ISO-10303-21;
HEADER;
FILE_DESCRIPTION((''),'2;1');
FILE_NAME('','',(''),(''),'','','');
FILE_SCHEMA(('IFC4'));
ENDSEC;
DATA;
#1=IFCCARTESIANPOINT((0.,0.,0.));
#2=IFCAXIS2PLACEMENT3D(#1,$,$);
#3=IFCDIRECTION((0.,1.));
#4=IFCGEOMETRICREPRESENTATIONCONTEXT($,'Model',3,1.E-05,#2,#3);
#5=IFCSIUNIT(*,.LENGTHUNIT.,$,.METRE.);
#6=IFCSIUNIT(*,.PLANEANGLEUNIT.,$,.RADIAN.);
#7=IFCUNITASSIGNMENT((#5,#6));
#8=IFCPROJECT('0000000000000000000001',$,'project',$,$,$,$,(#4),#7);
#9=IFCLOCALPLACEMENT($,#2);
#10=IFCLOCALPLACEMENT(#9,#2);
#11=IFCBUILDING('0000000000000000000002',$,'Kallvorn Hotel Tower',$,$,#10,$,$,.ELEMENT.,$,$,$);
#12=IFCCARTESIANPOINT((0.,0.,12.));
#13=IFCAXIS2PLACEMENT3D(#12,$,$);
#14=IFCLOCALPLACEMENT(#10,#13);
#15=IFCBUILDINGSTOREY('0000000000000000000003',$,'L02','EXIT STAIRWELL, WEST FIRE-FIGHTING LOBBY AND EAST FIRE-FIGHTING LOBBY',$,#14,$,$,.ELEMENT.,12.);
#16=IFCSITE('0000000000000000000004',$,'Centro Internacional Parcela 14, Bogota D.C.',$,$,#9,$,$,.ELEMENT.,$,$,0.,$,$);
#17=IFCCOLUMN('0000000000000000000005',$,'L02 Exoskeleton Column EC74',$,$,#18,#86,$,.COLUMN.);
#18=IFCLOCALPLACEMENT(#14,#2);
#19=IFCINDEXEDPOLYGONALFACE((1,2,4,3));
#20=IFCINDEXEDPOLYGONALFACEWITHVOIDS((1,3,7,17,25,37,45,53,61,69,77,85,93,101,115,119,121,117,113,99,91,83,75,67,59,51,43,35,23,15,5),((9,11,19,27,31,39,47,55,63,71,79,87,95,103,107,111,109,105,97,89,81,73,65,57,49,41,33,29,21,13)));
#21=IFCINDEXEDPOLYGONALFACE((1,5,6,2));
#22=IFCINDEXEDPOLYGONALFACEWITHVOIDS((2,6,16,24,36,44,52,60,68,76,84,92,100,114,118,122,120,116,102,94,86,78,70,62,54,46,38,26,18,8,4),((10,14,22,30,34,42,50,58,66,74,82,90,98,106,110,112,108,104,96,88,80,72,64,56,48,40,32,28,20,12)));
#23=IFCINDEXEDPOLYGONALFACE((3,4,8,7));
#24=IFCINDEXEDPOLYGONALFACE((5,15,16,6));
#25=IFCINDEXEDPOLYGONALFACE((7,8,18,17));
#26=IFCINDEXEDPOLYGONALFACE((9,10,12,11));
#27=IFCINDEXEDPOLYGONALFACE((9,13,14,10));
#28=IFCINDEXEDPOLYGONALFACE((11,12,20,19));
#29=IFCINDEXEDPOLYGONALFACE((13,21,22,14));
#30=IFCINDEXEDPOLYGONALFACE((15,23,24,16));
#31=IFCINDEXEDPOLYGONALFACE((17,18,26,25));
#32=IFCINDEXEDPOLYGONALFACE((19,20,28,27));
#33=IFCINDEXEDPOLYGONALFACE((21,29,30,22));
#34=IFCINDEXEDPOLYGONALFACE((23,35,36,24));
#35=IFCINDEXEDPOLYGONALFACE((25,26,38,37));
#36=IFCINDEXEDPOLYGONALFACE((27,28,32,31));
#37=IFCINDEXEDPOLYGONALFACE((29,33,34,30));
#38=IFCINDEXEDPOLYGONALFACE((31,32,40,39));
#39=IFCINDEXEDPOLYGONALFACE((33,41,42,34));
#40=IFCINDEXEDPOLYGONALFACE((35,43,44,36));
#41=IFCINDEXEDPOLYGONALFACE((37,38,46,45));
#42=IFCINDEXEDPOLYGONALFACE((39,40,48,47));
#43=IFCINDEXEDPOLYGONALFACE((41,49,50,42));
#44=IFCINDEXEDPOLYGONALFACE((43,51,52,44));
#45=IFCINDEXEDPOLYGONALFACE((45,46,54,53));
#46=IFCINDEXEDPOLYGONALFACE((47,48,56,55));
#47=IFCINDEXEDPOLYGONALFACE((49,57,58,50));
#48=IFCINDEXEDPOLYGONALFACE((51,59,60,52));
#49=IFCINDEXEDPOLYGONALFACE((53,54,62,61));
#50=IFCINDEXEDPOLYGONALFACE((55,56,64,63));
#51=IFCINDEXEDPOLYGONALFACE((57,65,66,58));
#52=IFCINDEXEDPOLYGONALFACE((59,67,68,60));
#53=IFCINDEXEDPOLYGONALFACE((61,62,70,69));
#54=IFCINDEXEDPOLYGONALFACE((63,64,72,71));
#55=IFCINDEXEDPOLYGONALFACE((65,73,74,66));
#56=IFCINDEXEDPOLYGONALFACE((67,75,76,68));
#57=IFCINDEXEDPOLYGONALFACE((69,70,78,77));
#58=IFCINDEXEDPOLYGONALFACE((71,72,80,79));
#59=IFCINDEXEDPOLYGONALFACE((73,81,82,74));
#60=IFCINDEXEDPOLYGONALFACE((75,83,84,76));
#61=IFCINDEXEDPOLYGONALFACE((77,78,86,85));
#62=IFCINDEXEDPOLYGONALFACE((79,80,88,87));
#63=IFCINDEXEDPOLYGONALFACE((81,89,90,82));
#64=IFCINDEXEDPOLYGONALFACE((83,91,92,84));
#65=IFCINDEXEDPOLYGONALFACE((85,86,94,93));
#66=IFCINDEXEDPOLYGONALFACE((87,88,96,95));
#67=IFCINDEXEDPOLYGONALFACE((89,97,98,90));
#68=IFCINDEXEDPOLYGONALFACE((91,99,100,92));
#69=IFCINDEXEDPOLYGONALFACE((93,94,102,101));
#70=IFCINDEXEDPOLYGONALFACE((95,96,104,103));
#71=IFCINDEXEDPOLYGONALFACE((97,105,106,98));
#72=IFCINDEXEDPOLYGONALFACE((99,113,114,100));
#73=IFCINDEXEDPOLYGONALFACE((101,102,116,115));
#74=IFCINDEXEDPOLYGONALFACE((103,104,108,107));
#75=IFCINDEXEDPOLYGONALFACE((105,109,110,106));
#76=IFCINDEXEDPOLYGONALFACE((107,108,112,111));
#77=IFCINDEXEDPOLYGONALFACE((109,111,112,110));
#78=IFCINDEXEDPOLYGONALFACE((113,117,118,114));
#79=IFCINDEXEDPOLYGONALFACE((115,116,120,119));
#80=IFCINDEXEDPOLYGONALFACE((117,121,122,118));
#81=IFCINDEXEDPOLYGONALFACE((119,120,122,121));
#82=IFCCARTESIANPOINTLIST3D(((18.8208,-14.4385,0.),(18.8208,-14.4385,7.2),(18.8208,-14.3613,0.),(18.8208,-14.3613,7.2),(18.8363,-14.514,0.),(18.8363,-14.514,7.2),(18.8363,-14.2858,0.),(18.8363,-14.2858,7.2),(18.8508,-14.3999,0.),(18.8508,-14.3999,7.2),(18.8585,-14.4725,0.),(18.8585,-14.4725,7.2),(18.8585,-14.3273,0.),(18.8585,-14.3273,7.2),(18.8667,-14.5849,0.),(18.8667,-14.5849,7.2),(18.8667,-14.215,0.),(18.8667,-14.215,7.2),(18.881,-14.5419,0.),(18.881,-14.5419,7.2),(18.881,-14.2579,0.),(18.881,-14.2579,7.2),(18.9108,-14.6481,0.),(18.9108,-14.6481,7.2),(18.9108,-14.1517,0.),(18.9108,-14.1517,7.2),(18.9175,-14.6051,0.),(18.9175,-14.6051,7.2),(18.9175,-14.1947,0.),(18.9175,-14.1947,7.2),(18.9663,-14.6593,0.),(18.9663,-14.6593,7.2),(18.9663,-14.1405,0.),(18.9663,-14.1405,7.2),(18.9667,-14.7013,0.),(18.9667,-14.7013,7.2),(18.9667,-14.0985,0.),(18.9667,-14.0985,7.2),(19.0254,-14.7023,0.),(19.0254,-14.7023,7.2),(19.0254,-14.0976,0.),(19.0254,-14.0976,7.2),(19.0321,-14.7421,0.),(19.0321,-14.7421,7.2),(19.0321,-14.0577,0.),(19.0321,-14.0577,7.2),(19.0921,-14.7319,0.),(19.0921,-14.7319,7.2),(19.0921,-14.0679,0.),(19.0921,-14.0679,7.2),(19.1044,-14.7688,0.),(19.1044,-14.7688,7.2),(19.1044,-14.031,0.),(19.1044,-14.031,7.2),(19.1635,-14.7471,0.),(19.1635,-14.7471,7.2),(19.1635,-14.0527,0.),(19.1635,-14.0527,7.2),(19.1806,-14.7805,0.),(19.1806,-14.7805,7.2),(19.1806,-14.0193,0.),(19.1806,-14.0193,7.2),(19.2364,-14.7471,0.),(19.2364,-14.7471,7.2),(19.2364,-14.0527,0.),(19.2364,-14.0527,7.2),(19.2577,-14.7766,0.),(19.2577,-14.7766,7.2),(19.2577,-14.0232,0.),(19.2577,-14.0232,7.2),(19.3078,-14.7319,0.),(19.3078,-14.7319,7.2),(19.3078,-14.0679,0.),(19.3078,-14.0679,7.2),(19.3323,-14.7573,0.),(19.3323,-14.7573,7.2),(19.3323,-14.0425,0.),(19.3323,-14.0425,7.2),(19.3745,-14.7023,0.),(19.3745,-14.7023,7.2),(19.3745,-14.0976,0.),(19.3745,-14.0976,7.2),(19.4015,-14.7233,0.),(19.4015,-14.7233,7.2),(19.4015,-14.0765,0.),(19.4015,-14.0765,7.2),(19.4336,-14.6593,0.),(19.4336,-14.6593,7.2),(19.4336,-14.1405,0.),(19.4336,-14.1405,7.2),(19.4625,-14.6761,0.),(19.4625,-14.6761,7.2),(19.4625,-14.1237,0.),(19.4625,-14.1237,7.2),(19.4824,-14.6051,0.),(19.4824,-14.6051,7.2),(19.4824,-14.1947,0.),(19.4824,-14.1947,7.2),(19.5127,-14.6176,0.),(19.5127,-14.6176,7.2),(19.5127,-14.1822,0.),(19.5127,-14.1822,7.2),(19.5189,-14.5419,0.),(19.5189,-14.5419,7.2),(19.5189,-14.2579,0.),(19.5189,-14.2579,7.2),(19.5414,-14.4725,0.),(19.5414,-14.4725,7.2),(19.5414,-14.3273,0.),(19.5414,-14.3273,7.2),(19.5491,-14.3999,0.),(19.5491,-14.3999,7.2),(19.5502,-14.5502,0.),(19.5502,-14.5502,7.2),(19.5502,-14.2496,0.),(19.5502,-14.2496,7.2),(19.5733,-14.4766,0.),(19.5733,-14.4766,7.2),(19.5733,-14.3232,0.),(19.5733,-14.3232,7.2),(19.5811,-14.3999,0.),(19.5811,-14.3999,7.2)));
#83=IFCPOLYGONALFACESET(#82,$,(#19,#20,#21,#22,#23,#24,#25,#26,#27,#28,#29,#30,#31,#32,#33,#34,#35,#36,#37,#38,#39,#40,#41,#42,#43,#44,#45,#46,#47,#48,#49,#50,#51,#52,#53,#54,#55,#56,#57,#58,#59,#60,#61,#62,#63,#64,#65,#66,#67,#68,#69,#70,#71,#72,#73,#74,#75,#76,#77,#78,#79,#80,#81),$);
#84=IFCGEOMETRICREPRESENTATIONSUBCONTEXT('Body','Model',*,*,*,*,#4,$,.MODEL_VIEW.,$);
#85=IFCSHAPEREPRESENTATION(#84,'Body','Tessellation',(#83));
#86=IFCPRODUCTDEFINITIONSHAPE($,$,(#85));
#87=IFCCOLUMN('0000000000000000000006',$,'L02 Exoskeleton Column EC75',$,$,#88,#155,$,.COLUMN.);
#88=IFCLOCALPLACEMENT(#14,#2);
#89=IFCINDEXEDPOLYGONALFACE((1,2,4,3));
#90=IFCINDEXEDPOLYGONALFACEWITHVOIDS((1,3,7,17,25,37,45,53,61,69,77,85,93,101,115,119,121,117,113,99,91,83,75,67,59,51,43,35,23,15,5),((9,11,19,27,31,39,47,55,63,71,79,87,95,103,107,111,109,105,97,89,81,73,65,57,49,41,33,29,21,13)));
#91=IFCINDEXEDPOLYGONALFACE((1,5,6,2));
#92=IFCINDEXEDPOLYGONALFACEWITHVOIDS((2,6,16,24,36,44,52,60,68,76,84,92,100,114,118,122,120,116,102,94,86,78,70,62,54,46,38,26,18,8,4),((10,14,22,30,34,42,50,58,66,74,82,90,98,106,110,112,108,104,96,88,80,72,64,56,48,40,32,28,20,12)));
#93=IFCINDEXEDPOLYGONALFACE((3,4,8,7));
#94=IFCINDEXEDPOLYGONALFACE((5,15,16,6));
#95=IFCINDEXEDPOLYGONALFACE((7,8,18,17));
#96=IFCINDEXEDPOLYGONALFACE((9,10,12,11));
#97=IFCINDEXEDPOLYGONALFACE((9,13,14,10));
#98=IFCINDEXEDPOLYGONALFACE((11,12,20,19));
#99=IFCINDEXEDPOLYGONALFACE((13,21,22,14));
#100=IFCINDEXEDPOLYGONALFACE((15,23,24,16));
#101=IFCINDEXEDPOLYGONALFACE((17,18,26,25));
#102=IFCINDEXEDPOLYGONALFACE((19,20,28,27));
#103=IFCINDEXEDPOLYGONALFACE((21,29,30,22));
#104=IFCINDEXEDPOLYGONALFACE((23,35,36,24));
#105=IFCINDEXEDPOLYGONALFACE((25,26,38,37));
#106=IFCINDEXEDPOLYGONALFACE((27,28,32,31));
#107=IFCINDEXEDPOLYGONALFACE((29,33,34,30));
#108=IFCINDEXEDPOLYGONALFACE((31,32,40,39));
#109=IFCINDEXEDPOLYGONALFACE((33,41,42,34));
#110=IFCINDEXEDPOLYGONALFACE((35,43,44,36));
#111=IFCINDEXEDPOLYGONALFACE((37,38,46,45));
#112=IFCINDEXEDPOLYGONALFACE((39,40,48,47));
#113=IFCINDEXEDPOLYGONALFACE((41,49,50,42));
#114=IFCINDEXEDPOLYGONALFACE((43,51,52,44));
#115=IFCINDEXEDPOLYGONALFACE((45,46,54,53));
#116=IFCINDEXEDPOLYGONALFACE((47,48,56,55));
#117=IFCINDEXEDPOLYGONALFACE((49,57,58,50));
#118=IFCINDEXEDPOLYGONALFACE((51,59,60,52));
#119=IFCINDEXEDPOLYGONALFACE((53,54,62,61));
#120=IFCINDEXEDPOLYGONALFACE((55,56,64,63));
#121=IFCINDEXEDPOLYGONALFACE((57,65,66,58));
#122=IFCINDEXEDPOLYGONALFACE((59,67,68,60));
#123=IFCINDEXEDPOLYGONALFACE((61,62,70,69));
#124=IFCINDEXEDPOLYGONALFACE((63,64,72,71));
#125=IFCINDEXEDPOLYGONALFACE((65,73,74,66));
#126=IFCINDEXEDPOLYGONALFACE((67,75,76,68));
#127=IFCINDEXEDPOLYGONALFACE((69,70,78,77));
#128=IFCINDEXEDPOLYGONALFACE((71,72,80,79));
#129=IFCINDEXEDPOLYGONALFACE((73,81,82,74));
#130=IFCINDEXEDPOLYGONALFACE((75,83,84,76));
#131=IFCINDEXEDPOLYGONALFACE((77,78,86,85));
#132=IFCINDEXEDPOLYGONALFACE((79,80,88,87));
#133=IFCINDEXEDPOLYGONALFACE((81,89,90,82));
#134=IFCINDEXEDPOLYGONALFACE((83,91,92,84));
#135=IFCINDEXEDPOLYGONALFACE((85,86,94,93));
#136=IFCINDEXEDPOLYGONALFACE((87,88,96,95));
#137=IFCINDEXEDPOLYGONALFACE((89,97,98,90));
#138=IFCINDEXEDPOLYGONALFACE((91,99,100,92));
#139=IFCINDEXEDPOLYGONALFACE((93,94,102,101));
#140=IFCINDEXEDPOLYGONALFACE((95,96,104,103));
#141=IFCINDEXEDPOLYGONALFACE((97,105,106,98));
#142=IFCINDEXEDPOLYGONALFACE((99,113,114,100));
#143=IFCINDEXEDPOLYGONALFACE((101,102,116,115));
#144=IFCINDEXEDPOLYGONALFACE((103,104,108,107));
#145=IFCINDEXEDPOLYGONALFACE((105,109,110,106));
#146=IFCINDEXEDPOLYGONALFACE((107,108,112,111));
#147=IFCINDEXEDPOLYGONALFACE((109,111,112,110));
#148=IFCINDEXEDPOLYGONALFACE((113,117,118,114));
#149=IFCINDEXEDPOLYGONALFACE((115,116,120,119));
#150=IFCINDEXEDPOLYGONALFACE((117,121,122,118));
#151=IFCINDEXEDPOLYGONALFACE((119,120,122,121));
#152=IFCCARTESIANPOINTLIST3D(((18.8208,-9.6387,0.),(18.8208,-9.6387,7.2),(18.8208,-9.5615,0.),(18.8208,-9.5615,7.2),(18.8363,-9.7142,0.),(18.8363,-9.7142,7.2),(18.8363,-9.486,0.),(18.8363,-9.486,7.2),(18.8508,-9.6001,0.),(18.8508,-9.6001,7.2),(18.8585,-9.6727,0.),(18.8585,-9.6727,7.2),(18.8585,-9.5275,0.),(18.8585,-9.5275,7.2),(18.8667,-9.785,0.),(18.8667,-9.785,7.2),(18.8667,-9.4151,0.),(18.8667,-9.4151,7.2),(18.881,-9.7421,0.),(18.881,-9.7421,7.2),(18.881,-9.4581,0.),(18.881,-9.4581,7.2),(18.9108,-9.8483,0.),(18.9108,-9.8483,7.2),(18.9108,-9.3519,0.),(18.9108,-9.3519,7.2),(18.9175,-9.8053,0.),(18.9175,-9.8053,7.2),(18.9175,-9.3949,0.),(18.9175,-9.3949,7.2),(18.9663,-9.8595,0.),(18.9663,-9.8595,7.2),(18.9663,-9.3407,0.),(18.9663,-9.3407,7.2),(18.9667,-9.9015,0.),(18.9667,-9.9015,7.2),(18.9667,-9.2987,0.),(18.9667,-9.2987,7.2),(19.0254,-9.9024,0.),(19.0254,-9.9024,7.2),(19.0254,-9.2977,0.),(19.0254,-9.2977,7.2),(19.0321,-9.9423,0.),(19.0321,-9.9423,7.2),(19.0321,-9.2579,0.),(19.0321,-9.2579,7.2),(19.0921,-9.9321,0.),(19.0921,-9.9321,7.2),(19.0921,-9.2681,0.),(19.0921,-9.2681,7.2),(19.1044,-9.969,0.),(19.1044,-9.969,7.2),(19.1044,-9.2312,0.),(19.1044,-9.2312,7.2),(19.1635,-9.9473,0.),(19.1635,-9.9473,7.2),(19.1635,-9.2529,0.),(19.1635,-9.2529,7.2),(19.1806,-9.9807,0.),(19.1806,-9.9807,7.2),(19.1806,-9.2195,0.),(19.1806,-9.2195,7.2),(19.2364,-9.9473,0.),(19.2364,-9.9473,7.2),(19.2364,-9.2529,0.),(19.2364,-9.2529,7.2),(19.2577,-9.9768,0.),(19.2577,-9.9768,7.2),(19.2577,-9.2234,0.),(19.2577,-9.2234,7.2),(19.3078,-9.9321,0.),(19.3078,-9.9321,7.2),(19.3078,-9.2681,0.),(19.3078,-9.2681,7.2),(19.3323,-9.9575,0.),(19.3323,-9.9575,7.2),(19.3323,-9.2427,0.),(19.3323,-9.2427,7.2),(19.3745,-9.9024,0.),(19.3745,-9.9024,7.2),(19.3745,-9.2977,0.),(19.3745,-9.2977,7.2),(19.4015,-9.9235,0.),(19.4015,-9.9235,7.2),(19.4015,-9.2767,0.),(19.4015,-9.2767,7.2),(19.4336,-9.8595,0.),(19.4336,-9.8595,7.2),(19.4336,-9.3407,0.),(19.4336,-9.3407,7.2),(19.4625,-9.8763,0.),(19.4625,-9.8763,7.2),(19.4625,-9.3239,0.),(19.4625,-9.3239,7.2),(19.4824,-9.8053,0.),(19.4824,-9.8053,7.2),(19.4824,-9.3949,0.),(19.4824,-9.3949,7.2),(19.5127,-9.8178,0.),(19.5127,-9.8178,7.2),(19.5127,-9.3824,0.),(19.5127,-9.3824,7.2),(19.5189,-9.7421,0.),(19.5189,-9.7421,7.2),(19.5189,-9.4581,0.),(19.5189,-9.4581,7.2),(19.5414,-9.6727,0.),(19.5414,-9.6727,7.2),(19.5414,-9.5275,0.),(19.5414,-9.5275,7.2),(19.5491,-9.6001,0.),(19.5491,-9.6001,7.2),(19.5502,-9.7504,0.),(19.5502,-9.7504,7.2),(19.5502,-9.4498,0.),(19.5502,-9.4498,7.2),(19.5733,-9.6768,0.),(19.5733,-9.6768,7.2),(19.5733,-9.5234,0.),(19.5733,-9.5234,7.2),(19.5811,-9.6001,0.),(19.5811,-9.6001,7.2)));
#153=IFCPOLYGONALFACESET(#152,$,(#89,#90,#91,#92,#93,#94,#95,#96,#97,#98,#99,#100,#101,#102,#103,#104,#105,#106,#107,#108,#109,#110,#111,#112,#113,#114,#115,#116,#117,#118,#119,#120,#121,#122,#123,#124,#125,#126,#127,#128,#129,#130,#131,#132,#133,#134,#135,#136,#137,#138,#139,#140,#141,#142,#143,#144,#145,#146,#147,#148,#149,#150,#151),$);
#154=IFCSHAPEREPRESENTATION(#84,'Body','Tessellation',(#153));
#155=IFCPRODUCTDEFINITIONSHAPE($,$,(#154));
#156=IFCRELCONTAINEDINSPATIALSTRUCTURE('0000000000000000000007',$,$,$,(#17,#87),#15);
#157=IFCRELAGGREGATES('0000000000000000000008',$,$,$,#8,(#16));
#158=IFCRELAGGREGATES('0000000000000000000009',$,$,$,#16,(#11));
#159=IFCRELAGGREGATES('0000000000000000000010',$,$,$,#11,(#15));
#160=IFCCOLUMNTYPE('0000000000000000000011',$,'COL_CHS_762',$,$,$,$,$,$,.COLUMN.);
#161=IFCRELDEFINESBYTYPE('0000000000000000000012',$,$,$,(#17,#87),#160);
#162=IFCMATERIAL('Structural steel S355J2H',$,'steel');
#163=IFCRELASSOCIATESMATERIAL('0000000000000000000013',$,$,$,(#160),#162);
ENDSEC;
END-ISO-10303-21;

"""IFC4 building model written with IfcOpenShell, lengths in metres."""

from ifc_helpers import new_model, si_unit, direction, frame, origin, origin_2d, place, context, subcontext, project, spatial, hollow_circle, extrude, material, material_profile, profile_set, type_object, element, save


model = new_model("IFC4")

# Units and contexts
model_context = context("Model", 3, precision=1e-05, world=origin(), true_north=direction((0.0, 1.0)))
body_context = subcontext(model_context, "Body", "Model", "MODEL_VIEW")
ifc_project = project(units=[si_unit("LENGTHUNIT", "METRE"), si_unit("PLANEANGLEUNIT", "RADIAN")], contexts=[model_context])

# Site, building, storey
site_placement = place(None, origin())
site = spatial("IfcSite", under=ifc_project, at=site_placement, Name="Centro Internacional Parcela 14, Bogota D.C.", CompositionType="ELEMENT", RefElevation=0.0)
building_placement = place(site_placement, origin())
building = spatial("IfcBuilding", under=site, at=building_placement, Name="Kallvorn Hotel Tower", CompositionType="ELEMENT")
storey_placement = place(building_placement, frame((0.0, 0.0, 12.0)))
storey = spatial("IfcBuildingStorey", under=building, at=storey_placement, Name="L02", Description="EXIT STAIRWELL, WEST FIRE-FIGHTING LOBBY AND EAST FIRE-FIGHTING LOBBY", CompositionType="ELEMENT", Elevation=12.0)

# Columns
ifc_material_1 = material(Name="Structural steel S355J2H", Category="steel")
ifc_material_profile_1 = material_profile(ifc_material_1, hollow_circle(Radius=0.3811, WallThickness=0.032, at=origin_2d()), Name="CHS 762x32")
ifc_profile_set_1 = profile_set([ifc_material_profile_1], Name="Structural steel S355J2H")
column_type_1 = type_object("IfcColumnType", Name="COL_CHS_762", PredefinedType="COLUMN", material=ifc_profile_set_1)
for number, where, z_axis, x_axis, name in (
    (1, (19.2, -14.3999, 0.0), (0.0, 0.0, 1.0), (1.0, 0.0, 0.0), "L02 Exoskeleton Column EC74"),
    (2, (19.2, -9.6001, 0.0), (0.0, 0.0, 1.0), (1.0, 0.0, 0.0), "L02 Exoskeleton Column EC75"),
):
    element("IfcColumn", number, at=place(storey_placement, frame(where, z_axis=z_axis, x_axis=x_axis)), inside=storey, type_object=column_type_1, Name=name, PredefinedType="COLUMN", context=body_context, shape_type="SweptSolid", body=[
        extrude(hollow_circle(Radius=0.3811, WallThickness=0.032, at=origin_2d()), origin(), (0.0, 0.0, 1.0), 7.2),
    ])

save(model, "model.ifc")
